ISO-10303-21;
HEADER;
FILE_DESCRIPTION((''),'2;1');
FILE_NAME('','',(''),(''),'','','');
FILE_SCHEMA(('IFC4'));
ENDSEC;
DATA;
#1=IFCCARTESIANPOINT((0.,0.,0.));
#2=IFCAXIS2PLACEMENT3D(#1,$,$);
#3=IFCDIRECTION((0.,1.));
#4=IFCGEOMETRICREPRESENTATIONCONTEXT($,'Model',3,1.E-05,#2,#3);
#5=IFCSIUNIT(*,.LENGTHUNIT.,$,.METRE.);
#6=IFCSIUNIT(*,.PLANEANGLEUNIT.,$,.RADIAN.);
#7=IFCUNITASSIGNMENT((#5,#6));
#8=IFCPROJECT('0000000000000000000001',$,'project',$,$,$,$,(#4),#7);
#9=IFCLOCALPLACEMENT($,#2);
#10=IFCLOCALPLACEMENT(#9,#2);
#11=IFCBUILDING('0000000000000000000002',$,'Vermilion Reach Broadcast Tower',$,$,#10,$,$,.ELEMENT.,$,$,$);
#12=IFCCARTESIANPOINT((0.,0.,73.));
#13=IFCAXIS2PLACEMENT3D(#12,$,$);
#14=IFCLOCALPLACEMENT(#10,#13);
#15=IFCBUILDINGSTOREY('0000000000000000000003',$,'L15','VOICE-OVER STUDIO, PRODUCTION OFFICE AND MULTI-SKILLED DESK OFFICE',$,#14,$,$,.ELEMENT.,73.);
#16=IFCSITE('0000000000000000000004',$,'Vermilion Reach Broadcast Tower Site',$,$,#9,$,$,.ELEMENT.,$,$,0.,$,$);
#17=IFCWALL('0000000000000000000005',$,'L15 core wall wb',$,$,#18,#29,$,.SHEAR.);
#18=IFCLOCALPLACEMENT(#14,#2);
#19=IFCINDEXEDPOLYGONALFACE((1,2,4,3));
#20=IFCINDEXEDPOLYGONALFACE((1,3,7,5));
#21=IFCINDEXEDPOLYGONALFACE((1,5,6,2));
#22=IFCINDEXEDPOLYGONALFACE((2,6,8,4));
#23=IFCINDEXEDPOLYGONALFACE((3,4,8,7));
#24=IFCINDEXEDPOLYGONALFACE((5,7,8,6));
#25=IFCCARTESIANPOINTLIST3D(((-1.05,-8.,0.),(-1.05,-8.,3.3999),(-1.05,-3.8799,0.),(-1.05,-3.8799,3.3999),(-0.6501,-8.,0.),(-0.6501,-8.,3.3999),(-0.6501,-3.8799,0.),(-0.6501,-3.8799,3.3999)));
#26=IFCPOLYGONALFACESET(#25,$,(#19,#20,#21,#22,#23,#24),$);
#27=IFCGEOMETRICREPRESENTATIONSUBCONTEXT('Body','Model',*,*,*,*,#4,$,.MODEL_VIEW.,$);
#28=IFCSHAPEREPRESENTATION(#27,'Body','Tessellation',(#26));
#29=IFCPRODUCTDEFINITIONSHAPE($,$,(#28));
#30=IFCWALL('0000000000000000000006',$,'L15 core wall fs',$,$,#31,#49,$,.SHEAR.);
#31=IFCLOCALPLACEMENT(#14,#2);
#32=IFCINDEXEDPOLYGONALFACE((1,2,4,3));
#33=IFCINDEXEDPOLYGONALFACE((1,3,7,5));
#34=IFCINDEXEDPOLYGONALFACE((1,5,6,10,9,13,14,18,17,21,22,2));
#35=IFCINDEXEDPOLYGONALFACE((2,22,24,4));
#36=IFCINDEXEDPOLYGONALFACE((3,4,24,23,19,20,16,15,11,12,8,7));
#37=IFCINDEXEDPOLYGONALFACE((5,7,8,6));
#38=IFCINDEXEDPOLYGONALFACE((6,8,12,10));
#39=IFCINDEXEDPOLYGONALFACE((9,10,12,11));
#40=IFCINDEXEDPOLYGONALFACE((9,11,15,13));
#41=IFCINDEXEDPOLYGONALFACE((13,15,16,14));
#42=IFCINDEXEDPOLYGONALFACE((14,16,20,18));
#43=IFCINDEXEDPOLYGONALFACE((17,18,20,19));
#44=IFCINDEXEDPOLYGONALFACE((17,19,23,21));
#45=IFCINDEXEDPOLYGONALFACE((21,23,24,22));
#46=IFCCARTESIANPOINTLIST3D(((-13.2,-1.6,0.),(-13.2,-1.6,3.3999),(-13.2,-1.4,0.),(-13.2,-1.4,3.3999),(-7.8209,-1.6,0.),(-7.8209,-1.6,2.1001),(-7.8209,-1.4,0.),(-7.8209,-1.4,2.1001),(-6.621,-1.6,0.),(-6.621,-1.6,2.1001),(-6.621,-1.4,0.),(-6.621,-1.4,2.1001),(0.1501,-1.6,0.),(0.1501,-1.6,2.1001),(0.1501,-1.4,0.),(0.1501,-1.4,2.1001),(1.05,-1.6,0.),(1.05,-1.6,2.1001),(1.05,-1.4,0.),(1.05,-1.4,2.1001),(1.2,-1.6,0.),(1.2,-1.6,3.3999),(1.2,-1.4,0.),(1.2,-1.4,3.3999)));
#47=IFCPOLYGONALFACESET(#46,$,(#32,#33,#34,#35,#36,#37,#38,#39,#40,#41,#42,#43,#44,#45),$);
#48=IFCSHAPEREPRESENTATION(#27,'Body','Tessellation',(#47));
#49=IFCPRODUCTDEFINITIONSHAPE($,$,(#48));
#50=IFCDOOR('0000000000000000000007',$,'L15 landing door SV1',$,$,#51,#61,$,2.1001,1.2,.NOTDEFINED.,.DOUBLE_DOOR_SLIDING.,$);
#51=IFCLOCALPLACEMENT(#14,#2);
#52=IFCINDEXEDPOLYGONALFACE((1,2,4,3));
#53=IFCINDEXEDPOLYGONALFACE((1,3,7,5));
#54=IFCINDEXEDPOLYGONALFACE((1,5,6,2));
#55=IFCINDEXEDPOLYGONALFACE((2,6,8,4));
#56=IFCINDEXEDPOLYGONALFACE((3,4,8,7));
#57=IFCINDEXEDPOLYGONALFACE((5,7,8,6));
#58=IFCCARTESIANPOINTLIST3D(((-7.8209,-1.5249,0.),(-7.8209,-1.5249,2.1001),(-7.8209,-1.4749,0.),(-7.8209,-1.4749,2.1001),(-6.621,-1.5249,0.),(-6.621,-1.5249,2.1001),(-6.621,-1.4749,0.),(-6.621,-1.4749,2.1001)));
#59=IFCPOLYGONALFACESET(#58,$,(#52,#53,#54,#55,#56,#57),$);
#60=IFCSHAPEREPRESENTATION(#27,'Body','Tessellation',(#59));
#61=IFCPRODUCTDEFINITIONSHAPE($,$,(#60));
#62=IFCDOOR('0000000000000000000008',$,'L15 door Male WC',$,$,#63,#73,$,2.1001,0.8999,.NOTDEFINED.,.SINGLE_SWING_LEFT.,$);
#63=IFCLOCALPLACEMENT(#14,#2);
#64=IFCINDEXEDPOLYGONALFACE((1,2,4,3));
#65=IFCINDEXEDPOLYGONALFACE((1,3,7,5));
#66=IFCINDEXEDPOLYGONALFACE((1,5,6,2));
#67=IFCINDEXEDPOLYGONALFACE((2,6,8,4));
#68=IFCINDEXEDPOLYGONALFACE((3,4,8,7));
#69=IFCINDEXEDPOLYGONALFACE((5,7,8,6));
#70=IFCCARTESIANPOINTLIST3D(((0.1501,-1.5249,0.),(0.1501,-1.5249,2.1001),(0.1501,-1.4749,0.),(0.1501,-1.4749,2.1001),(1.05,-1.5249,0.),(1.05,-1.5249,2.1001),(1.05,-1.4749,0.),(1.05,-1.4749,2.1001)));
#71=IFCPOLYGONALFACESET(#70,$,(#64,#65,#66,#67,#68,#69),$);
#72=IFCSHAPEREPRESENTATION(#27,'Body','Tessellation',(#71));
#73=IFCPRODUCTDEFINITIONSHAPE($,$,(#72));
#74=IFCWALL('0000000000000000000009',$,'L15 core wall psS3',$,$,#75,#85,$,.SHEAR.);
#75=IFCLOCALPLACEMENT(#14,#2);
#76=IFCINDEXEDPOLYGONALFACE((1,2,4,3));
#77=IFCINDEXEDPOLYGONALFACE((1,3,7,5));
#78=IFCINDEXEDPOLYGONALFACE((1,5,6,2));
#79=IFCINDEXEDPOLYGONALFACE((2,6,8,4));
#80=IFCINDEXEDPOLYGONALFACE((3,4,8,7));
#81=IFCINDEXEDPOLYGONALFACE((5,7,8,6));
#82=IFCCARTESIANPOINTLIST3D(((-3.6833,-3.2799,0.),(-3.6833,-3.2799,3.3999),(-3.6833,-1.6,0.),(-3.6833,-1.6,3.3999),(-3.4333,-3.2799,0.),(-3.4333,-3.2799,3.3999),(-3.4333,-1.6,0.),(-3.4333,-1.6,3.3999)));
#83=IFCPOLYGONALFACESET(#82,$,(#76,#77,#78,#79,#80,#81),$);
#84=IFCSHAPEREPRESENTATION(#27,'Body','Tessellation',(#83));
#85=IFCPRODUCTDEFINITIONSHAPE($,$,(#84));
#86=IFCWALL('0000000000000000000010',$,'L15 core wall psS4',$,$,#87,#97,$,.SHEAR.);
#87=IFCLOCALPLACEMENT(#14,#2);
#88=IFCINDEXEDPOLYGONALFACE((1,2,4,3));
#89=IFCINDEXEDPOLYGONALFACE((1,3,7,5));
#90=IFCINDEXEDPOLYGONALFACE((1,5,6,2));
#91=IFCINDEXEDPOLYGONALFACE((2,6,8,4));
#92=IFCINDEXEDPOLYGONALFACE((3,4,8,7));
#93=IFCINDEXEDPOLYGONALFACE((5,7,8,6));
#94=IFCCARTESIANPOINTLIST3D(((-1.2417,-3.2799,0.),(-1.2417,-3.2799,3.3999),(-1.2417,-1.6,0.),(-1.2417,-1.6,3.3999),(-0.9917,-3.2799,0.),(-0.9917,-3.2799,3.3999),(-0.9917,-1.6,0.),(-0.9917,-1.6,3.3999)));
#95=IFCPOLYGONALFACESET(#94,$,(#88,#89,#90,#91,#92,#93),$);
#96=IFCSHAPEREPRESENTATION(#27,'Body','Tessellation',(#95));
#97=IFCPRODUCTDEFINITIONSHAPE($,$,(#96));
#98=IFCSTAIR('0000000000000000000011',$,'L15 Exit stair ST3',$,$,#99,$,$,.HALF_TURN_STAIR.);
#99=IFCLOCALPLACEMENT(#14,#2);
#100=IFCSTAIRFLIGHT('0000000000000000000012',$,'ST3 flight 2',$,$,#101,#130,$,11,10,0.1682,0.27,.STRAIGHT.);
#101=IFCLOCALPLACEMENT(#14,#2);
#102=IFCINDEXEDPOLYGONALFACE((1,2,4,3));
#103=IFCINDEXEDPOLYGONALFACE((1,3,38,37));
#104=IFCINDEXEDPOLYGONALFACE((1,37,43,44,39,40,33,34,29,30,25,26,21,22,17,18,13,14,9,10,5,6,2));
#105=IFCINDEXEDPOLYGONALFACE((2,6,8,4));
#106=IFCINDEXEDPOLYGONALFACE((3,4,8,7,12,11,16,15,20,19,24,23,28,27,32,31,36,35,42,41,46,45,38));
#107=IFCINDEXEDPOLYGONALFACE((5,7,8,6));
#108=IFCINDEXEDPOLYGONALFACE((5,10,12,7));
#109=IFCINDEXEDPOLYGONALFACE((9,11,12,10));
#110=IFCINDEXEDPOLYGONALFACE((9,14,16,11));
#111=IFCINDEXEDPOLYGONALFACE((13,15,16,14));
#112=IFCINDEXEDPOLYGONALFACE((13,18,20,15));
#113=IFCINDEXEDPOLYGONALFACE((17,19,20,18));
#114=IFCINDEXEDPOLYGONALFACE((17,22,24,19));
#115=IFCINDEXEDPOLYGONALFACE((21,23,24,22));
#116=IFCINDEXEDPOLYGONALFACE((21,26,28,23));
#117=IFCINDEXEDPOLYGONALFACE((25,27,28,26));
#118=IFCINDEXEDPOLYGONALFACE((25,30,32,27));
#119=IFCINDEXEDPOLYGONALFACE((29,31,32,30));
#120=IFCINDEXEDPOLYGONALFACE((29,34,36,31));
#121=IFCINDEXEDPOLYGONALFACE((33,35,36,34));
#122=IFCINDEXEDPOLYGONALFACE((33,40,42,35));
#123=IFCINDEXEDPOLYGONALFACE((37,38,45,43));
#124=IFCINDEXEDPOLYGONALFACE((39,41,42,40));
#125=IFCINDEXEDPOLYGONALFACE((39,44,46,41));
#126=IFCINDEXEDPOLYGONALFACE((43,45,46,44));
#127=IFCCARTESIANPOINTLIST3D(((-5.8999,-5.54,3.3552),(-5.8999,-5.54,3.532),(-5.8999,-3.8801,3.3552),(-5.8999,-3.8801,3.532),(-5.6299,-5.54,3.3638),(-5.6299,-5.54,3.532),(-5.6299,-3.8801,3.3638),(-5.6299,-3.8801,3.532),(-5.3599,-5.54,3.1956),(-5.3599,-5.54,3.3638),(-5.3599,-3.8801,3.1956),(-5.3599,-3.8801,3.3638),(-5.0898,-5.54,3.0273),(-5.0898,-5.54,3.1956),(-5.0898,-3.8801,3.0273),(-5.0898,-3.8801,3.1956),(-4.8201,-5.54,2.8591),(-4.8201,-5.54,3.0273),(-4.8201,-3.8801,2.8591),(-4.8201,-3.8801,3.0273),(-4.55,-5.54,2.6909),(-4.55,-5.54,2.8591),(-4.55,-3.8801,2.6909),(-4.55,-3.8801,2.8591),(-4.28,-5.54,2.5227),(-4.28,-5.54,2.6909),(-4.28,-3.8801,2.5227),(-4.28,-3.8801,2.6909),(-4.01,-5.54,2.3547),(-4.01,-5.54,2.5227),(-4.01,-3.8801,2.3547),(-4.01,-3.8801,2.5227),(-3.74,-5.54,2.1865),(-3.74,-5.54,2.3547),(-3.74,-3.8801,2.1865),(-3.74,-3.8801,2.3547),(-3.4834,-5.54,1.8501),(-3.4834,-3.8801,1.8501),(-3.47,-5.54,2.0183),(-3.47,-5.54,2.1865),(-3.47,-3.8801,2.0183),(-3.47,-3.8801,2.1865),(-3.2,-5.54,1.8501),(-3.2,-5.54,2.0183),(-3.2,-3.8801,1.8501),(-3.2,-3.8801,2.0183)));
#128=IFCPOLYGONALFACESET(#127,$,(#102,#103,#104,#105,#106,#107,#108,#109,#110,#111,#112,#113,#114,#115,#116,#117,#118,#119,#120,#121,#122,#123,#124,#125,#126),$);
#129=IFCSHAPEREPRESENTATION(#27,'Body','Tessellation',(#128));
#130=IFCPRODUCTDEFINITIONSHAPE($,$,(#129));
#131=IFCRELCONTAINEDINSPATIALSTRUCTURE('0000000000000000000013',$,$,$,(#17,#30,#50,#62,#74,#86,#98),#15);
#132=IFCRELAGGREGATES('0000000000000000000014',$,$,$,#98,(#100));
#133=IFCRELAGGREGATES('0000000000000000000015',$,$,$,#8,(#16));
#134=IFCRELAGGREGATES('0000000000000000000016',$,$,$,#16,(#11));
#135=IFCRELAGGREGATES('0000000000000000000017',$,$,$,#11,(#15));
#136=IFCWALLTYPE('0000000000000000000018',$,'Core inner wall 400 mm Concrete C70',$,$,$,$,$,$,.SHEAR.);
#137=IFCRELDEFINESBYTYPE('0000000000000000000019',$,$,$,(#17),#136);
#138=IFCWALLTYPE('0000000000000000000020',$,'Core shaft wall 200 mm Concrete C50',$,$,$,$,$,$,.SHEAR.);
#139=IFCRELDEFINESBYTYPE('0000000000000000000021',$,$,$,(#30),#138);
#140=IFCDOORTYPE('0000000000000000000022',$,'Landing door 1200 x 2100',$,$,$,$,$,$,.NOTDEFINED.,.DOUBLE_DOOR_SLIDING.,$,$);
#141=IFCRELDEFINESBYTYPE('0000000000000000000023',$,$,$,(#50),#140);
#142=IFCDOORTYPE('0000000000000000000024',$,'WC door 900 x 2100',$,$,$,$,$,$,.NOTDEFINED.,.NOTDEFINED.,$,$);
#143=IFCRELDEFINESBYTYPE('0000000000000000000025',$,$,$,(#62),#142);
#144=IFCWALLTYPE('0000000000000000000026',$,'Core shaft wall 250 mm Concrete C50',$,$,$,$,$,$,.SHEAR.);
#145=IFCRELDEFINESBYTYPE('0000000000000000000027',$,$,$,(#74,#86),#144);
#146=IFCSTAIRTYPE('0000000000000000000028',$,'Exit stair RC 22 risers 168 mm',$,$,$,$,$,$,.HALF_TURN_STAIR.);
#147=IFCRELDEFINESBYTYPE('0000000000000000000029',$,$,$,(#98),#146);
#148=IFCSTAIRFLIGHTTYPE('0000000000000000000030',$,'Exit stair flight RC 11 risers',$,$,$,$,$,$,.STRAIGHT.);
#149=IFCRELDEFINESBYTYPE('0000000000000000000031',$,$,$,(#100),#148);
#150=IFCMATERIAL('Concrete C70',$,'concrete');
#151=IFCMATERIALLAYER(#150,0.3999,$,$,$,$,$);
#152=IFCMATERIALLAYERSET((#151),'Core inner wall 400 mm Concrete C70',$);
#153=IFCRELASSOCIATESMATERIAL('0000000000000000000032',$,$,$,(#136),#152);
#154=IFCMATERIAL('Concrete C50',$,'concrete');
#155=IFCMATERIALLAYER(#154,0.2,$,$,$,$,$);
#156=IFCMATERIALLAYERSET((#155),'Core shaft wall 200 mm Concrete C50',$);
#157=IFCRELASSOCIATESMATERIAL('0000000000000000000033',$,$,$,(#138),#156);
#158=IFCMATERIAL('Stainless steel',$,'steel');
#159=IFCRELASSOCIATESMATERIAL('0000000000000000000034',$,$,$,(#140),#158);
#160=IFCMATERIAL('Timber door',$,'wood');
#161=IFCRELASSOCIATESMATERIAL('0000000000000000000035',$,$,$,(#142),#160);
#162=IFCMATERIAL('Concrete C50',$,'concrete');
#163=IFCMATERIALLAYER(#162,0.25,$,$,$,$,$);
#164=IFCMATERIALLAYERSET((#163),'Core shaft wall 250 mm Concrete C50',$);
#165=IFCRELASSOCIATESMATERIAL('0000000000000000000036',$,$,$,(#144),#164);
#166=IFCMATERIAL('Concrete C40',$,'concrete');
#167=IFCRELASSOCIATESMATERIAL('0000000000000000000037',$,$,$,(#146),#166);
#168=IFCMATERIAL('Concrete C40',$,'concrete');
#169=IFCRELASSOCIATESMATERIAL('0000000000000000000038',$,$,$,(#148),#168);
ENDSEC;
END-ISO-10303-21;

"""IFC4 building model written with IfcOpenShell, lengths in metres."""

from ifc_helpers import new_model, si_unit, direction, frame, frame_2d, origin, place, context, subcontext, project, spatial, polyline, rectangle, outline, extrude, material, layer, layer_set, type_object, element, fill, aggregate, save


model = new_model("IFC4")

# Units and contexts
model_context = context("Model", 3, precision=1e-05, world=origin(), true_north=direction((0.0, 1.0)))
body_context = subcontext(model_context, "Body", "Model", "MODEL_VIEW")
ifc_project = project(units=[si_unit("LENGTHUNIT", "METRE"), si_unit("PLANEANGLEUNIT", "RADIAN")], contexts=[model_context])

# Site, building, storey
site_placement = place(None, origin())
site = spatial("IfcSite", under=ifc_project, at=site_placement, Name="Vermilion Reach Broadcast Tower Site", CompositionType="ELEMENT", RefElevation=0.0)
building_placement = place(site_placement, origin())
building = spatial("IfcBuilding", under=site, at=building_placement, Name="Vermilion Reach Broadcast Tower", CompositionType="ELEMENT")
storey_placement = place(building_placement, frame((0.0, 0.0, 73.0)))
storey = spatial("IfcBuildingStorey", under=building, at=storey_placement, Name="L15", Description="VOICE-OVER STUDIO, PRODUCTION OFFICE AND MULTI-SKILLED DESK OFFICE", CompositionType="ELEMENT", Elevation=73.0)

# Wall
ifc_material_1 = material(Name="Concrete C70", Category="concrete")
ifc_layer_1 = layer(ifc_material_1, 0.3999)
ifc_layer_set_1 = layer_set([ifc_layer_1], Name="Core inner wall 400 mm Concrete C70")
wall_type_1 = type_object("IfcWallType", Name="Core inner wall 400 mm Concrete C70", PredefinedType="SHEAR", material=ifc_layer_set_1)
wall_1_placement = place(storey_placement, frame((-0.8501, -3.8799, 0.0), z_axis=(0.0, 0.0, 1.0), x_axis=(0.0, -1.0, 0.0)))
element("IfcWall", 1, at=wall_1_placement, inside=storey, type_object=wall_type_1, Name="L15 core wall wb", PredefinedType="SHEAR", context=body_context, shape_type="SweptSolid", body=[
    extrude(rectangle(XDim=4.1201, YDim=0.3999, at=frame_2d((2.0601, 0.0))), origin(), (0.0, 0.0, 1.0), 3.3999),
])

# Wall, openings, doors
ifc_material_2 = material(Name="Concrete C50", Category="concrete")
ifc_layer_2 = layer(ifc_material_2, 0.2)
ifc_layer_set_2 = layer_set([ifc_layer_2], Name="Core shaft wall 200 mm Concrete C50")
wall_type_2 = type_object("IfcWallType", Name="Core shaft wall 200 mm Concrete C50", PredefinedType="SHEAR", material=ifc_layer_set_2)
wall_2_placement = place(storey_placement, frame((1.2, -1.5, 0.0), z_axis=(0.0, 0.0, 1.0), x_axis=(-1.0, 0.0, 0.0)))
wall_2 = element("IfcWall", 2, at=wall_2_placement, inside=storey, type_object=wall_type_2, Name="L15 core wall fs", PredefinedType="SHEAR", context=body_context, shape_type="SweptSolid", body=[
    extrude(rectangle(XDim=14.3999, YDim=0.2, at=frame_2d((7.2, 0.0))), origin(), (0.0, 0.0, 1.0), 3.3999),
])
opening_1_placement = place(wall_2_placement, frame((7.8208, 0.0, 0.0)))
opening_1 = element("IfcOpeningElement", 3, at=opening_1_placement, cuts=wall_2, PredefinedType="OPENING", context=body_context, shape_type="SweptSolid", body=[
    extrude(rectangle(XDim=1.2, YDim=2.1001, at=frame_2d((0.6001, 1.05))), frame((0.0, 0.1099, 0.0), z_axis=(0.0, -1.0, 0.0), x_axis=(1.0, 0.0, 0.0)), (0.0, 0.0, 1.0), 0.22),
])
opening_2_placement = place(wall_2_placement, frame((0.1499, 0.0, 0.0)))
opening_2 = element("IfcOpeningElement", 4, at=opening_2_placement, cuts=wall_2, PredefinedType="OPENING", context=body_context, shape_type="SweptSolid", body=[
    extrude(rectangle(XDim=0.8999, YDim=2.1001, at=frame_2d((0.45, 1.05))), frame((0.0, 0.1099, 0.0), z_axis=(0.0, -1.0, 0.0), x_axis=(1.0, 0.0, 0.0)), (0.0, 0.0, 1.0), 0.22),
])
ifc_material_3 = material(Name="Stainless steel", Category="steel")
door_type_1 = type_object("IfcDoorType", Name="Landing door 1200 x 2100", OperationType="DOUBLE_DOOR_SLIDING", PredefinedType="NOTDEFINED", material=ifc_material_3)
door_1_placement = place(opening_1_placement, origin())
door_1 = element("IfcDoor", 5, at=door_1_placement, inside=storey, type_object=door_type_1, Name="L15 landing door SV1", OperationType="DOUBLE_DOOR_SLIDING", OverallHeight=2.1001, OverallWidth=1.2, PredefinedType="NOTDEFINED", context=body_context, shape_type="SweptSolid", body=[
    extrude(rectangle(XDim=1.2, YDim=2.1001, at=frame_2d((0.6001, 1.05))), frame((0.0, 0.0249, 0.0), z_axis=(0.0, -1.0, 0.0), x_axis=(1.0, 0.0, 0.0)), (0.0, 0.0, 1.0), 0.05),
])
fill(opening_1, door_1)
ifc_material_4 = material(Name="Timber door", Category="wood")
door_type_2 = type_object("IfcDoorType", Name="WC door 900 x 2100", OperationType="NOTDEFINED", PredefinedType="NOTDEFINED", material=ifc_material_4)
door_2_placement = place(opening_2_placement, origin())
door_2 = element("IfcDoor", 6, at=door_2_placement, inside=storey, type_object=door_type_2, Name="L15 door Male WC", OperationType="SINGLE_SWING_LEFT", OverallHeight=2.1001, OverallWidth=0.8999, PredefinedType="NOTDEFINED", context=body_context, shape_type="SweptSolid", body=[
    extrude(rectangle(XDim=0.8999, YDim=2.1001, at=frame_2d((0.45, 1.05))), frame((0.0, 0.0249, 0.0), z_axis=(0.0, -1.0, 0.0), x_axis=(1.0, 0.0, 0.0)), (0.0, 0.0, 1.0), 0.05),
])
fill(opening_2, door_2)

# Walls
ifc_material_5 = material(Name="Concrete C50", Category="concrete")
ifc_layer_3 = layer(ifc_material_5, 0.25)
ifc_layer_set_3 = layer_set([ifc_layer_3], Name="Core shaft wall 250 mm Concrete C50")
wall_type_3 = type_object("IfcWallType", Name="Core shaft wall 250 mm Concrete C50", PredefinedType="SHEAR", material=ifc_layer_set_3)
for number, where, z_axis, x_axis, name in (
    (7, (-3.5583, -1.6001, 0.0), (0.0, 0.0, 1.0), (0.0, -1.0, 0.0), "L15 core wall psS3"),
    (8, (-1.1167, -1.6001, 0.0), (0.0, 0.0, 1.0), (0.0, -1.0, 0.0), "L15 core wall psS4"),
):
    element("IfcWall", number, at=place(storey_placement, frame(where, z_axis=z_axis, x_axis=x_axis)), inside=storey, type_object=wall_type_3, Name=name, PredefinedType="SHEAR", context=body_context, shape_type="SweptSolid", body=[
        extrude(rectangle(XDim=1.6799, YDim=0.25, at=frame_2d((0.8398, 0.0))), origin(), (0.0, 0.0, 1.0), 3.3999),
    ])

# Stair, stair flight
ifc_material_6 = material(Name="Concrete C40", Category="concrete")
stair_type = type_object("IfcStairType", Name="Exit stair RC 22 risers 168 mm", PredefinedType="HALF_TURN_STAIR", material=ifc_material_6)
placement_1 = place(storey_placement, origin())
stair = element("IfcStair", 9, at=placement_1, inside=storey, type_object=stair_type, Name="L15 Exit stair ST3", PredefinedType="HALF_TURN_STAIR")
ifc_material_7 = material(Name="Concrete C40", Category="concrete")
stair_flight_type = type_object("IfcStairFlightType", Name="Exit stair flight RC 11 risers", PredefinedType="STRAIGHT", material=ifc_material_7)
stair_flight_placement = place(storey_placement, frame((-3.2, -4.71, 1.8501), z_axis=(0.0, 0.0, 1.0), x_axis=(-1.0, 0.0, 0.0)))
stair_flight = element("IfcStairFlight", 10, at=stair_flight_placement, type_object=stair_flight_type, Name="ST3 flight 2", NumberOfRisers=11, NumberOfTreads=10, PredefinedType="STRAIGHT", RiserHeight=0.1682, TreadLength=0.27, context=body_context, shape_type="SweptSolid", body=[
    extrude(outline(polyline([(0.0, 0.0), (0.0, 0.1682), (0.27, 0.1682), (0.27, 0.3364), (0.54, 0.3364), (0.54, 0.5046), (0.8101, 0.5046), (0.8101, 0.6726), (1.0801, 0.6726), (1.0801, 0.8408), (1.3501, 0.8408), (1.3501, 1.009), (1.6201, 1.009), (1.6201, 1.1772), (1.8899, 1.1772), (1.8899, 1.3455), (2.1599, 1.3455), (2.1599, 1.5137), (2.4299, 1.5137), (2.4299, 1.6819), (2.7, 1.6819), (2.7, 1.8501), (2.7, 1.5051), (0.2834, 0.0), (0.0, 0.0)])), frame((0.0, 0.8301, 0.0), z_axis=(0.0, -1.0, 0.0), x_axis=(1.0, 0.0, 0.0)), (0.0, 0.0, 1.0), 1.6599),
])
aggregate(stair, [stair_flight])

save(model, "model.ifc")
